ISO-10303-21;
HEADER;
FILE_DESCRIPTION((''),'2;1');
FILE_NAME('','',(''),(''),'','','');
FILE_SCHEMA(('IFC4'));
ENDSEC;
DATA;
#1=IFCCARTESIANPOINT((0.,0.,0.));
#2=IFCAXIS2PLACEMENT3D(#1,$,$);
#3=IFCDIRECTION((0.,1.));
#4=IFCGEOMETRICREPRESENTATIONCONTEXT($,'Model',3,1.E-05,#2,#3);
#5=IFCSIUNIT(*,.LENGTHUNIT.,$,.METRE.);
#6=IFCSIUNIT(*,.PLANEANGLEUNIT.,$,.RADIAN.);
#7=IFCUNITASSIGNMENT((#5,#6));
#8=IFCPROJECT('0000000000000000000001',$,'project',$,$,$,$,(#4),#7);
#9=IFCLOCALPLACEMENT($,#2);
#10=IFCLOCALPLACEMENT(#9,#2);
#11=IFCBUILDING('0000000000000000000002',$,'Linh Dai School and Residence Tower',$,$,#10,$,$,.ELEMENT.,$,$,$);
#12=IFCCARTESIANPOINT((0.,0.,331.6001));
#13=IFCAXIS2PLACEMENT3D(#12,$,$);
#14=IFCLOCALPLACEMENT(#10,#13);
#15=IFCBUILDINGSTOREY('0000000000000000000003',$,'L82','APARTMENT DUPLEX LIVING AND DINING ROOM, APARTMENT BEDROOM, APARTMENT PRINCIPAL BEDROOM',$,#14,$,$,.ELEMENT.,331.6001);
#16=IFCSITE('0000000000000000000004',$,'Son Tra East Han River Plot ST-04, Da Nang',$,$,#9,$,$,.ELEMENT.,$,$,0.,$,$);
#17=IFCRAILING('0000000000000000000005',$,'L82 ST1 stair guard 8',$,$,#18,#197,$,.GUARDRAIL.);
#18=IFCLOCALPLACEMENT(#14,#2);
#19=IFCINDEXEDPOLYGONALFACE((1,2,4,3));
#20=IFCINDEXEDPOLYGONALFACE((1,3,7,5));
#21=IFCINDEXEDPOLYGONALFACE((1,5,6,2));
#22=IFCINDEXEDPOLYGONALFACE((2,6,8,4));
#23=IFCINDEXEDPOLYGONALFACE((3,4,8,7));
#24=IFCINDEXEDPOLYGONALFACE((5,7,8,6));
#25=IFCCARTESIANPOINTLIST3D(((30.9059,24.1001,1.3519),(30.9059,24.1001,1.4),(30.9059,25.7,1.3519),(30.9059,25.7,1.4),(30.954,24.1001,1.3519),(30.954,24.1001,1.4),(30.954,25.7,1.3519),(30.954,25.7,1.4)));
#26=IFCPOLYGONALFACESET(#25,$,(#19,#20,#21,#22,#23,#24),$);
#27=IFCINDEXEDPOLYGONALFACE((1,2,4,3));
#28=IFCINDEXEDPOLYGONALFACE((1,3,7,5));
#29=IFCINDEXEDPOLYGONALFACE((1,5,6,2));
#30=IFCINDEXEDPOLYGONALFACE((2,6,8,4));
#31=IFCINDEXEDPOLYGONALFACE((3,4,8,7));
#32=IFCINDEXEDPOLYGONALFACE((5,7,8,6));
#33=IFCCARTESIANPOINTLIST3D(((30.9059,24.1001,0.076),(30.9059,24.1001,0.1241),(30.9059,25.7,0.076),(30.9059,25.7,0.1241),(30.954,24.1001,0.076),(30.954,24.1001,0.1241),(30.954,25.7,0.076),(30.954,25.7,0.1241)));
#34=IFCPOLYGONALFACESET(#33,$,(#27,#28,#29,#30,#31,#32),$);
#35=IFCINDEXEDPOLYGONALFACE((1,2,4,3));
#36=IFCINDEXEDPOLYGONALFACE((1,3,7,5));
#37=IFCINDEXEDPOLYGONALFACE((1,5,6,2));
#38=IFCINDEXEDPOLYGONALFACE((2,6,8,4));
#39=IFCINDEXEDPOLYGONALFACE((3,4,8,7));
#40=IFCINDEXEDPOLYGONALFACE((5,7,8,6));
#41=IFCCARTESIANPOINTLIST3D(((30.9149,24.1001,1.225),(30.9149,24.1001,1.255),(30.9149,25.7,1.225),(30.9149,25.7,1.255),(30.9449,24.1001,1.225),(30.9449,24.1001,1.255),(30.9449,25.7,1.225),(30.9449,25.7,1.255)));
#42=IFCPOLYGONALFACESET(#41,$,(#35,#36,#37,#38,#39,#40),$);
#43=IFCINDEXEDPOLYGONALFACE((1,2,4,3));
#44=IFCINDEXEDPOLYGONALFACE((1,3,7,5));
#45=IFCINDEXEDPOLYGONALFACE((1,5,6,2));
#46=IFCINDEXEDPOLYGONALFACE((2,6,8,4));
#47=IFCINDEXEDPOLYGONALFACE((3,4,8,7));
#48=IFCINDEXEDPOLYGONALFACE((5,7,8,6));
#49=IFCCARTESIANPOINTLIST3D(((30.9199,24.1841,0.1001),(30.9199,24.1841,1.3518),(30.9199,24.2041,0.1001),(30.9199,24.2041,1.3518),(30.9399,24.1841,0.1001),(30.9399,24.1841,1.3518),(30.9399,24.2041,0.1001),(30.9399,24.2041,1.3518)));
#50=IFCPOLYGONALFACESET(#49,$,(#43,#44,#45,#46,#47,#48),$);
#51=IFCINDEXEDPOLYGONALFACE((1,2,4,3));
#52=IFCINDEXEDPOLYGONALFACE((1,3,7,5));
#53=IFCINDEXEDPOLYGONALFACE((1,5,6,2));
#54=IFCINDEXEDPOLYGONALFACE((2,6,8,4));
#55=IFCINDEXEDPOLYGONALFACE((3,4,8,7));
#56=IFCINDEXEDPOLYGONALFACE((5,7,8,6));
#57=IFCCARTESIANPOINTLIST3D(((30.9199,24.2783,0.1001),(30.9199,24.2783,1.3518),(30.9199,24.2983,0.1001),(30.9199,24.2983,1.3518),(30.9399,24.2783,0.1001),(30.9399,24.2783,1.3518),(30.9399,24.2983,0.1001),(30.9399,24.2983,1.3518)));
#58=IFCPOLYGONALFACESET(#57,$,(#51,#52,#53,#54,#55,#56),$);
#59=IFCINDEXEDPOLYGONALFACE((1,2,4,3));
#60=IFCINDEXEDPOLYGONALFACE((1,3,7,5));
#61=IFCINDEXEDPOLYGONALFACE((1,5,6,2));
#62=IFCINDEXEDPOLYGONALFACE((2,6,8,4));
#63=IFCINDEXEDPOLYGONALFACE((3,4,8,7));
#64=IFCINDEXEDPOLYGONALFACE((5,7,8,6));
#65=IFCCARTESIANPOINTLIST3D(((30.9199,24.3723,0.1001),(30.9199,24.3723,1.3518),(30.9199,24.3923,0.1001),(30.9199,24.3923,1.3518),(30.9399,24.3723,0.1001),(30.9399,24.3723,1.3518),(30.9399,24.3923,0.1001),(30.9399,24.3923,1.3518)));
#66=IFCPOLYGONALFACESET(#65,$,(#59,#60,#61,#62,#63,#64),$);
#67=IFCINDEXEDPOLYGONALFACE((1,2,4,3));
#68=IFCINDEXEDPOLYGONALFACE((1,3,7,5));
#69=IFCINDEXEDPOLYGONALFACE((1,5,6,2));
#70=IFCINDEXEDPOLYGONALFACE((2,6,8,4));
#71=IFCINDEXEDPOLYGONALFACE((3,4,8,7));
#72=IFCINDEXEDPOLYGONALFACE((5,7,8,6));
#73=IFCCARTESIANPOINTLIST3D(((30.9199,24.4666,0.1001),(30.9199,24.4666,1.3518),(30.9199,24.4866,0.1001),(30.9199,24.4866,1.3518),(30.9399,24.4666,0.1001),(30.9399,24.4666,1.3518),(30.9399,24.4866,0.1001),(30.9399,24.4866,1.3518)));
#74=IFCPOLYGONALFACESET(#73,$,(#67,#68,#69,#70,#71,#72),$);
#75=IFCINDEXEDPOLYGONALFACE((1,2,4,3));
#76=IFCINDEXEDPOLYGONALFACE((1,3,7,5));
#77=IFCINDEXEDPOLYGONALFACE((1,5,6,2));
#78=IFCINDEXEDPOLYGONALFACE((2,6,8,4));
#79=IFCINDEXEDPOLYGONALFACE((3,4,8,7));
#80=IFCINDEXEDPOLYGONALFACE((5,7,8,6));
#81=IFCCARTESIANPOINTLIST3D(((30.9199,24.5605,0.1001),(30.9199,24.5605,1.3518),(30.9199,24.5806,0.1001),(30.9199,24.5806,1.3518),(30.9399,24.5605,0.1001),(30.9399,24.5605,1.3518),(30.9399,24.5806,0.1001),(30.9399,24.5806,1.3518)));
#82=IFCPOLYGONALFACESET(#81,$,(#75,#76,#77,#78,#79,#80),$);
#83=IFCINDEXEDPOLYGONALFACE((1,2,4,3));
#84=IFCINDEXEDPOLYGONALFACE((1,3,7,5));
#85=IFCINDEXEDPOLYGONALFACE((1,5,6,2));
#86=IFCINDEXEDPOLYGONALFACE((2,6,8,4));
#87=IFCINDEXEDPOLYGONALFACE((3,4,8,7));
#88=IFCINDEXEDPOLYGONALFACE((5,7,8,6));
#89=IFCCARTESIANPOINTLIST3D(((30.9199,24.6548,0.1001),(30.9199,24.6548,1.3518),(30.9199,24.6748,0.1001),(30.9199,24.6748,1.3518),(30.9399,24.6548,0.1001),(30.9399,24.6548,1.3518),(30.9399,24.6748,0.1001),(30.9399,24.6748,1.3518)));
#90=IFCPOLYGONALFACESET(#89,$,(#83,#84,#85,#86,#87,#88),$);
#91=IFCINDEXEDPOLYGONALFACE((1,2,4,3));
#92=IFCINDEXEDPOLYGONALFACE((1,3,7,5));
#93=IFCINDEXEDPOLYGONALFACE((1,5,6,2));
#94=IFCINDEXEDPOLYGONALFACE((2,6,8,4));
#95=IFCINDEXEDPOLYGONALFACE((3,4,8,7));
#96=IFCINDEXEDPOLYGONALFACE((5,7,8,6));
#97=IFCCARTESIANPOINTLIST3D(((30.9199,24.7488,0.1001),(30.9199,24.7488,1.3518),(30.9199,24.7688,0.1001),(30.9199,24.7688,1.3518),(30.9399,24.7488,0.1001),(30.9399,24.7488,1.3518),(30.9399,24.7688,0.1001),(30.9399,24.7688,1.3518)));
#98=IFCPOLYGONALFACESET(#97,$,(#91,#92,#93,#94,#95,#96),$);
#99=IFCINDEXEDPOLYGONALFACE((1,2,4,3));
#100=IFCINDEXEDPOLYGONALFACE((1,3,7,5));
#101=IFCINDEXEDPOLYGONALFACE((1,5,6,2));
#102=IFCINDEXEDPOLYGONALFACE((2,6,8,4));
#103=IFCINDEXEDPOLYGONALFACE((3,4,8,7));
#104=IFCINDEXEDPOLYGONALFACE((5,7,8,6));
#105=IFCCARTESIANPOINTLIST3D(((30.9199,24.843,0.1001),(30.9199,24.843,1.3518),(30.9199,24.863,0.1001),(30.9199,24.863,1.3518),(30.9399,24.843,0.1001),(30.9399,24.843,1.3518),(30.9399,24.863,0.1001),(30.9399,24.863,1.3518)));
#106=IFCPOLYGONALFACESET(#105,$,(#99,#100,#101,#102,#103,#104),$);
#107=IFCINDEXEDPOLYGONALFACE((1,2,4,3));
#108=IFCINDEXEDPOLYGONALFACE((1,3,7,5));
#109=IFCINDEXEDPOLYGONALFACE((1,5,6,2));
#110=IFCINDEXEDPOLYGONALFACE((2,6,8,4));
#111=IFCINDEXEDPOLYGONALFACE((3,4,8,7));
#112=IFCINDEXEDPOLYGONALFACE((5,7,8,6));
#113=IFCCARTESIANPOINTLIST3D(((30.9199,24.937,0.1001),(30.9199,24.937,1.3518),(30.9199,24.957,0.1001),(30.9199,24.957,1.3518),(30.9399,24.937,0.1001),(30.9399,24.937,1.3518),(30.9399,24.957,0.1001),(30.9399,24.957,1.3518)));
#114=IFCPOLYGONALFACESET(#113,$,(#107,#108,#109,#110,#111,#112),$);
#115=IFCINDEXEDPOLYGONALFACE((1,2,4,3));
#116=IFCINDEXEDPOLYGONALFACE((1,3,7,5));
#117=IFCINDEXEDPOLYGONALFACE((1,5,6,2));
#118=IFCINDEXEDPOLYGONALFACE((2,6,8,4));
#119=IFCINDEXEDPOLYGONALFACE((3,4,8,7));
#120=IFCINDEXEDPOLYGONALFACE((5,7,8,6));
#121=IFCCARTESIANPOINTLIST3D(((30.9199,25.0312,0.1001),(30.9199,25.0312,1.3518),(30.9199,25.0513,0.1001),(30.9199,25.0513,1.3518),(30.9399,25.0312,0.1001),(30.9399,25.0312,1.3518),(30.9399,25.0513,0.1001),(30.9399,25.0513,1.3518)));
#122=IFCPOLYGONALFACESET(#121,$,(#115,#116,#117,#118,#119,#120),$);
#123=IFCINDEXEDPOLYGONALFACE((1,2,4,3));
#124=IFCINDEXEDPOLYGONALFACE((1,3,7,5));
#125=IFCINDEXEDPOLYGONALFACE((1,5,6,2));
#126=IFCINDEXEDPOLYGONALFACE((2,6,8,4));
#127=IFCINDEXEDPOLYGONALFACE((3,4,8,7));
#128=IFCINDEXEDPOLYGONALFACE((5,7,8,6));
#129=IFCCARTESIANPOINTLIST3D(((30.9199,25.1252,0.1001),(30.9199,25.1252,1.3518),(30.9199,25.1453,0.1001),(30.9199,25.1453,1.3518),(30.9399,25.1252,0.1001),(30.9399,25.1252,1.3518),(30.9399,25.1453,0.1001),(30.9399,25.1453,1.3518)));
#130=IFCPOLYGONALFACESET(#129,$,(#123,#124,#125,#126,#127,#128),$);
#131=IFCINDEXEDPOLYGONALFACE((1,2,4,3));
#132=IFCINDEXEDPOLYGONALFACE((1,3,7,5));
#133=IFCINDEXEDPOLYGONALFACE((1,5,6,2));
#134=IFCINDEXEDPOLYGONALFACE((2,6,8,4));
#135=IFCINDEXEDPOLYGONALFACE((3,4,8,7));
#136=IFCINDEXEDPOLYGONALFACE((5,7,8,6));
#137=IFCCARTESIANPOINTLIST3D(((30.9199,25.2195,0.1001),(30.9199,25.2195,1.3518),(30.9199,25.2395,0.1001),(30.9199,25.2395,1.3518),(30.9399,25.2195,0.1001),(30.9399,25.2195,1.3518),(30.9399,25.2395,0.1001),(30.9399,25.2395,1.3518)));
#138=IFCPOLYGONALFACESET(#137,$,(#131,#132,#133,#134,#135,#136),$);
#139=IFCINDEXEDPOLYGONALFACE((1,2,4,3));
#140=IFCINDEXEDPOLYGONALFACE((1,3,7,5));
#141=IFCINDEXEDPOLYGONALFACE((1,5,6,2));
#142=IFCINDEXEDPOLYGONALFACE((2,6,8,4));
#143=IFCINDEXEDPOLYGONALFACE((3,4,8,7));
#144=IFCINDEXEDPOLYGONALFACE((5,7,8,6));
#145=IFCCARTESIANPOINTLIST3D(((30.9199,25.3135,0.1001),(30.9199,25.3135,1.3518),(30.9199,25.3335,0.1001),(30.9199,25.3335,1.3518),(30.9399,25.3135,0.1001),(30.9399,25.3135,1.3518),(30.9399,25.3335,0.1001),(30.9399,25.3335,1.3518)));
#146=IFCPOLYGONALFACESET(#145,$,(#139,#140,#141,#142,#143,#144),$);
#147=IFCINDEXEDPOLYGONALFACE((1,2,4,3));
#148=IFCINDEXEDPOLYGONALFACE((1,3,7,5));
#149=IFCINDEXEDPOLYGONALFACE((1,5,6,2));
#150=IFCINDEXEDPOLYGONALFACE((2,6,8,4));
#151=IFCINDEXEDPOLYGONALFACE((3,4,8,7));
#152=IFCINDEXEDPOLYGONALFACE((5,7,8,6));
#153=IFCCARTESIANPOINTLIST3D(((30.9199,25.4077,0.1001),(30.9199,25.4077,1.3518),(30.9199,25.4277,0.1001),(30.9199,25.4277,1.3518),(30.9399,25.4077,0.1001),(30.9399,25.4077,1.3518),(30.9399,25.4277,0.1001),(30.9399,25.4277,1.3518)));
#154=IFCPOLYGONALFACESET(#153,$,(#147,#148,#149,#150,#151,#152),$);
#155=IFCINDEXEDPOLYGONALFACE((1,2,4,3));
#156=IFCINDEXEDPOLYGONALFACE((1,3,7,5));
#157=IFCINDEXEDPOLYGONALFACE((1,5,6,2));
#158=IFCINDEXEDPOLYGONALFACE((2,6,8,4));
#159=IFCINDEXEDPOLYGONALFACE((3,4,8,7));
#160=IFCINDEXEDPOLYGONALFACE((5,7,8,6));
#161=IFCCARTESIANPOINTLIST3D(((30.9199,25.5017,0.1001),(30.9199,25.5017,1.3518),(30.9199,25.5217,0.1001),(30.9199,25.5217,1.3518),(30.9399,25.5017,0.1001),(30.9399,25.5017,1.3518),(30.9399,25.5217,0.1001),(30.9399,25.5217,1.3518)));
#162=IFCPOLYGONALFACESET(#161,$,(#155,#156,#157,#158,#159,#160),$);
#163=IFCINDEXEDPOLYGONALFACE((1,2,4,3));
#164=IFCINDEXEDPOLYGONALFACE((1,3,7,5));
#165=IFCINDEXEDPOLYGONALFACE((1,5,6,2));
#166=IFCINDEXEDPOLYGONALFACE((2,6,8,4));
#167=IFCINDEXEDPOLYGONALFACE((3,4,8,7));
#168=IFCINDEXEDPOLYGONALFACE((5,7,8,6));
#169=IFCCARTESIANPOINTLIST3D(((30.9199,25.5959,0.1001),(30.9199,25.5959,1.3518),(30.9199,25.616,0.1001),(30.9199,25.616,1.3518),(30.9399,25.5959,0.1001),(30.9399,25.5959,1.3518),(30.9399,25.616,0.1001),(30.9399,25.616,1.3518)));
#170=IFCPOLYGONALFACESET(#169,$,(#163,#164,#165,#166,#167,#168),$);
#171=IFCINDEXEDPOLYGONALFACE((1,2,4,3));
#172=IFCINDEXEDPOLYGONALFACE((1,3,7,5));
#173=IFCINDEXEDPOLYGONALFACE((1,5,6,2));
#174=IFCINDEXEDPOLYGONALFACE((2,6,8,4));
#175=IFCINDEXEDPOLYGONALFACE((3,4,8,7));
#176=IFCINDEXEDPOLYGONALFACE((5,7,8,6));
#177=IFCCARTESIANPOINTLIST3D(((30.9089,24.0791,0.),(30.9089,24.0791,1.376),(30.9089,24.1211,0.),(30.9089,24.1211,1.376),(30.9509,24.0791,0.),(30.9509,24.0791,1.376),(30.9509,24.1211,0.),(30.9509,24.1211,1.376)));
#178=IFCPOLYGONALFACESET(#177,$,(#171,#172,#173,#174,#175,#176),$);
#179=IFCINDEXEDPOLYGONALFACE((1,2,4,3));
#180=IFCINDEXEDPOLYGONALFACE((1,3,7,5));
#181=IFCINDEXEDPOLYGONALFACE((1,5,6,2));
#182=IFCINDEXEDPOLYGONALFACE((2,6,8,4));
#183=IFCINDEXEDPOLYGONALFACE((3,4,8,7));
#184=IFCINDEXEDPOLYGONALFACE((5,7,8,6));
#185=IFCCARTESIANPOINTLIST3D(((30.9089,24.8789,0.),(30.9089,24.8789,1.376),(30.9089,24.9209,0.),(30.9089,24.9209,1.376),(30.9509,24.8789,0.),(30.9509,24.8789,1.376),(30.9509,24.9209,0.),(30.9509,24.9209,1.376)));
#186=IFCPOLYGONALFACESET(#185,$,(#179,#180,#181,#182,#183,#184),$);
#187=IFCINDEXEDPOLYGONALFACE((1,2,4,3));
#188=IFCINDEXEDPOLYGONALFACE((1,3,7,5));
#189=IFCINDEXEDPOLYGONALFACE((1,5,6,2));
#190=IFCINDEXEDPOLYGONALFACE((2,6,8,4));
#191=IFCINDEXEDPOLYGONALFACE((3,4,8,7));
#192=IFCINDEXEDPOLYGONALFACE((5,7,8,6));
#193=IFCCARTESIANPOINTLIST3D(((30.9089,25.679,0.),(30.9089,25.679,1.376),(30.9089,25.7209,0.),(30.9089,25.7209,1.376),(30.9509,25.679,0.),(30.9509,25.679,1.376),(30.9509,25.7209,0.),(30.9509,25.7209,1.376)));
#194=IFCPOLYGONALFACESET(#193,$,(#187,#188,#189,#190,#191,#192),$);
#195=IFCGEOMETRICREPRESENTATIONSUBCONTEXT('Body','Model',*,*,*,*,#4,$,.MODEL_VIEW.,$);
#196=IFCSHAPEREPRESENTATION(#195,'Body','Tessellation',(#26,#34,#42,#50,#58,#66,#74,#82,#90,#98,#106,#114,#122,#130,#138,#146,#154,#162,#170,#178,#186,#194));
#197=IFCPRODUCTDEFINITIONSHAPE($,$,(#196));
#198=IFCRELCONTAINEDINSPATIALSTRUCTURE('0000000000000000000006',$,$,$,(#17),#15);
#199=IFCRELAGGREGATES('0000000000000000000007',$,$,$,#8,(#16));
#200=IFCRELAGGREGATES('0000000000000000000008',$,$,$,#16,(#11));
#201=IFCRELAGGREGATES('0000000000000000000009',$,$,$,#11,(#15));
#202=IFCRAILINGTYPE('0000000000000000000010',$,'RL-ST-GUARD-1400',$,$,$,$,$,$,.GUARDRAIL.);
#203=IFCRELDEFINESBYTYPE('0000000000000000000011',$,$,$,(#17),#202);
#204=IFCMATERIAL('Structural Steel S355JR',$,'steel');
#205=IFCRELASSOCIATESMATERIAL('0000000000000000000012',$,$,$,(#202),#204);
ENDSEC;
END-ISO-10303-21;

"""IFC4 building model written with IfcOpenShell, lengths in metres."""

from ifc_helpers import new_model, si_unit, direction, frame, origin, origin_2d, place, context, subcontext, project, spatial, rectangle, extrude, source, transform, mapped, material, type_object, element, save


model = new_model("IFC4")

# Units and contexts
model_context = context("Model", 3, precision=1e-05, world=origin(), true_north=direction((0.0, 1.0)))
body_context = subcontext(model_context, "Body", "Model", "MODEL_VIEW")
ifc_project = project(units=[si_unit("LENGTHUNIT", "METRE"), si_unit("PLANEANGLEUNIT", "RADIAN")], contexts=[model_context])

# Site, building, storey
site_placement = place(None, origin())
site = spatial("IfcSite", under=ifc_project, at=site_placement, Name="Son Tra East Han River Plot ST-04, Da Nang", CompositionType="ELEMENT", RefElevation=0.0)
building_placement = place(site_placement, origin())
building = spatial("IfcBuilding", under=site, at=building_placement, Name="Linh Dai School and Residence Tower", CompositionType="ELEMENT")
storey_placement = place(building_placement, frame((0.0, 0.0, 331.6001)))
storey = spatial("IfcBuildingStorey", under=building, at=storey_placement, Name="L82", Description="APARTMENT DUPLEX LIVING AND DINING ROOM, APARTMENT BEDROOM, APARTMENT PRINCIPAL BEDROOM", CompositionType="ELEMENT", Elevation=331.6001)

# Shared definitions
ifc_material_1 = material(Name="Structural Steel S355JR", Category="steel")

# Railing
railing_type_1 = type_object("IfcRailingType", Name="RL-ST-GUARD-1400", PredefinedType="GUARDRAIL", material=ifc_material_1)
shared_shape_1 = source(origin(), body_context, "Body", "SweptSolid", [
    extrude(rectangle(XDim=0.0481, YDim=0.0481, at=origin_2d()), frame((0.0, 0.0, 1.376), z_axis=(0.0, 1.0, 0.0), x_axis=(-1.0, 0.0, 0.0)), (0.0, 0.0, 1.0), 1.5999),
    extrude(rectangle(XDim=0.0481, YDim=0.0481, at=origin_2d()), frame((0.0, 0.0, 0.1001), z_axis=(0.0, 1.0, 0.0), x_axis=(-1.0, 0.0, 0.0)), (0.0, 0.0, 1.0), 1.5999),
    extrude(rectangle(XDim=0.03, YDim=0.03, at=origin_2d()), frame((0.0, 0.0, 1.24), z_axis=(0.0, 1.0, 0.0), x_axis=(-1.0, 0.0, 0.0)), (0.0, 0.0, 1.0), 1.5999),
    extrude(rectangle(XDim=0.02, YDim=0.02, at=origin_2d()), frame((0.0, 0.094, 0.1001)), (0.0, 0.0, 1.0), 1.2517),
    extrude(rectangle(XDim=0.02, YDim=0.02, at=origin_2d()), frame((0.0, 0.1882, 0.1001)), (0.0, 0.0, 1.0), 1.2517),
    extrude(rectangle(XDim=0.02, YDim=0.02, at=origin_2d()), frame((0.0, 0.2822, 0.1001)), (0.0, 0.0, 1.0), 1.2517),
    extrude(rectangle(XDim=0.02, YDim=0.02, at=origin_2d()), frame((0.0, 0.3765, 0.1001)), (0.0, 0.0, 1.0), 1.2517),
    extrude(rectangle(XDim=0.02, YDim=0.02, at=origin_2d()), frame((0.0, 0.4705, 0.1001)), (0.0, 0.0, 1.0), 1.2517),
    extrude(rectangle(XDim=0.02, YDim=0.02, at=origin_2d()), frame((0.0, 0.5647, 0.1001)), (0.0, 0.0, 1.0), 1.2517),
    extrude(rectangle(XDim=0.02, YDim=0.02, at=origin_2d()), frame((0.0, 0.6587, 0.1001)), (0.0, 0.0, 1.0), 1.2517),
    extrude(rectangle(XDim=0.02, YDim=0.02, at=origin_2d()), frame((0.0, 0.7529, 0.1001)), (0.0, 0.0, 1.0), 1.2517),
    extrude(rectangle(XDim=0.02, YDim=0.02, at=origin_2d()), frame((0.0, 0.8469, 0.1001)), (0.0, 0.0, 1.0), 1.2517),
    extrude(rectangle(XDim=0.02, YDim=0.02, at=origin_2d()), frame((0.0, 0.9412, 0.1001)), (0.0, 0.0, 1.0), 1.2517),
    extrude(rectangle(XDim=0.02, YDim=0.02, at=origin_2d()), frame((0.0, 1.0352, 0.1001)), (0.0, 0.0, 1.0), 1.2517),
    extrude(rectangle(XDim=0.02, YDim=0.02, at=origin_2d()), frame((0.0, 1.1294, 0.1001)), (0.0, 0.0, 1.0), 1.2517),
    extrude(rectangle(XDim=0.02, YDim=0.02, at=origin_2d()), frame((0.0, 1.2234, 0.1001)), (0.0, 0.0, 1.0), 1.2517),
    extrude(rectangle(XDim=0.02, YDim=0.02, at=origin_2d()), frame((0.0, 1.3176, 0.1001)), (0.0, 0.0, 1.0), 1.2517),
    extrude(rectangle(XDim=0.02, YDim=0.02, at=origin_2d()), frame((0.0, 1.4116, 0.1001)), (0.0, 0.0, 1.0), 1.2517),
    extrude(rectangle(XDim=0.02, YDim=0.02, at=origin_2d()), frame((0.0, 1.5059, 0.1001)), (0.0, 0.0, 1.0), 1.2517),
    extrude(rectangle(XDim=0.042, YDim=0.042, at=origin_2d()), origin(), (0.0, 0.0, 1.0), 1.376),
    extrude(rectangle(XDim=0.042, YDim=0.042, at=origin_2d()), frame((0.0, 0.7998, 0.0)), (0.0, 0.0, 1.0), 1.376),
    extrude(rectangle(XDim=0.042, YDim=0.042, at=origin_2d()), frame((0.0, 1.5999, 0.0)), (0.0, 0.0, 1.0), 1.376),
])
for number, where, name in (
    (1, (30.9299, 24.1001, 0.0), "L82 ST1 stair guard 8"),
):
    element("IfcRailing", number, at=place(storey_placement, frame(where)), inside=storey, type_object=railing_type_1, Name=name, PredefinedType="GUARDRAIL", context=body_context, shape_type="MappedRepresentation", body=[
        mapped(shared_shape_1, transform((0.0, 0.0, 0.0), x_axis=(1.0, 0.0, 0.0), y_axis=(0.0, 1.0, 0.0), z_axis=(0.0, 0.0, 1.0), scale=1.0)),
    ])

save(model, "model.ifc")
